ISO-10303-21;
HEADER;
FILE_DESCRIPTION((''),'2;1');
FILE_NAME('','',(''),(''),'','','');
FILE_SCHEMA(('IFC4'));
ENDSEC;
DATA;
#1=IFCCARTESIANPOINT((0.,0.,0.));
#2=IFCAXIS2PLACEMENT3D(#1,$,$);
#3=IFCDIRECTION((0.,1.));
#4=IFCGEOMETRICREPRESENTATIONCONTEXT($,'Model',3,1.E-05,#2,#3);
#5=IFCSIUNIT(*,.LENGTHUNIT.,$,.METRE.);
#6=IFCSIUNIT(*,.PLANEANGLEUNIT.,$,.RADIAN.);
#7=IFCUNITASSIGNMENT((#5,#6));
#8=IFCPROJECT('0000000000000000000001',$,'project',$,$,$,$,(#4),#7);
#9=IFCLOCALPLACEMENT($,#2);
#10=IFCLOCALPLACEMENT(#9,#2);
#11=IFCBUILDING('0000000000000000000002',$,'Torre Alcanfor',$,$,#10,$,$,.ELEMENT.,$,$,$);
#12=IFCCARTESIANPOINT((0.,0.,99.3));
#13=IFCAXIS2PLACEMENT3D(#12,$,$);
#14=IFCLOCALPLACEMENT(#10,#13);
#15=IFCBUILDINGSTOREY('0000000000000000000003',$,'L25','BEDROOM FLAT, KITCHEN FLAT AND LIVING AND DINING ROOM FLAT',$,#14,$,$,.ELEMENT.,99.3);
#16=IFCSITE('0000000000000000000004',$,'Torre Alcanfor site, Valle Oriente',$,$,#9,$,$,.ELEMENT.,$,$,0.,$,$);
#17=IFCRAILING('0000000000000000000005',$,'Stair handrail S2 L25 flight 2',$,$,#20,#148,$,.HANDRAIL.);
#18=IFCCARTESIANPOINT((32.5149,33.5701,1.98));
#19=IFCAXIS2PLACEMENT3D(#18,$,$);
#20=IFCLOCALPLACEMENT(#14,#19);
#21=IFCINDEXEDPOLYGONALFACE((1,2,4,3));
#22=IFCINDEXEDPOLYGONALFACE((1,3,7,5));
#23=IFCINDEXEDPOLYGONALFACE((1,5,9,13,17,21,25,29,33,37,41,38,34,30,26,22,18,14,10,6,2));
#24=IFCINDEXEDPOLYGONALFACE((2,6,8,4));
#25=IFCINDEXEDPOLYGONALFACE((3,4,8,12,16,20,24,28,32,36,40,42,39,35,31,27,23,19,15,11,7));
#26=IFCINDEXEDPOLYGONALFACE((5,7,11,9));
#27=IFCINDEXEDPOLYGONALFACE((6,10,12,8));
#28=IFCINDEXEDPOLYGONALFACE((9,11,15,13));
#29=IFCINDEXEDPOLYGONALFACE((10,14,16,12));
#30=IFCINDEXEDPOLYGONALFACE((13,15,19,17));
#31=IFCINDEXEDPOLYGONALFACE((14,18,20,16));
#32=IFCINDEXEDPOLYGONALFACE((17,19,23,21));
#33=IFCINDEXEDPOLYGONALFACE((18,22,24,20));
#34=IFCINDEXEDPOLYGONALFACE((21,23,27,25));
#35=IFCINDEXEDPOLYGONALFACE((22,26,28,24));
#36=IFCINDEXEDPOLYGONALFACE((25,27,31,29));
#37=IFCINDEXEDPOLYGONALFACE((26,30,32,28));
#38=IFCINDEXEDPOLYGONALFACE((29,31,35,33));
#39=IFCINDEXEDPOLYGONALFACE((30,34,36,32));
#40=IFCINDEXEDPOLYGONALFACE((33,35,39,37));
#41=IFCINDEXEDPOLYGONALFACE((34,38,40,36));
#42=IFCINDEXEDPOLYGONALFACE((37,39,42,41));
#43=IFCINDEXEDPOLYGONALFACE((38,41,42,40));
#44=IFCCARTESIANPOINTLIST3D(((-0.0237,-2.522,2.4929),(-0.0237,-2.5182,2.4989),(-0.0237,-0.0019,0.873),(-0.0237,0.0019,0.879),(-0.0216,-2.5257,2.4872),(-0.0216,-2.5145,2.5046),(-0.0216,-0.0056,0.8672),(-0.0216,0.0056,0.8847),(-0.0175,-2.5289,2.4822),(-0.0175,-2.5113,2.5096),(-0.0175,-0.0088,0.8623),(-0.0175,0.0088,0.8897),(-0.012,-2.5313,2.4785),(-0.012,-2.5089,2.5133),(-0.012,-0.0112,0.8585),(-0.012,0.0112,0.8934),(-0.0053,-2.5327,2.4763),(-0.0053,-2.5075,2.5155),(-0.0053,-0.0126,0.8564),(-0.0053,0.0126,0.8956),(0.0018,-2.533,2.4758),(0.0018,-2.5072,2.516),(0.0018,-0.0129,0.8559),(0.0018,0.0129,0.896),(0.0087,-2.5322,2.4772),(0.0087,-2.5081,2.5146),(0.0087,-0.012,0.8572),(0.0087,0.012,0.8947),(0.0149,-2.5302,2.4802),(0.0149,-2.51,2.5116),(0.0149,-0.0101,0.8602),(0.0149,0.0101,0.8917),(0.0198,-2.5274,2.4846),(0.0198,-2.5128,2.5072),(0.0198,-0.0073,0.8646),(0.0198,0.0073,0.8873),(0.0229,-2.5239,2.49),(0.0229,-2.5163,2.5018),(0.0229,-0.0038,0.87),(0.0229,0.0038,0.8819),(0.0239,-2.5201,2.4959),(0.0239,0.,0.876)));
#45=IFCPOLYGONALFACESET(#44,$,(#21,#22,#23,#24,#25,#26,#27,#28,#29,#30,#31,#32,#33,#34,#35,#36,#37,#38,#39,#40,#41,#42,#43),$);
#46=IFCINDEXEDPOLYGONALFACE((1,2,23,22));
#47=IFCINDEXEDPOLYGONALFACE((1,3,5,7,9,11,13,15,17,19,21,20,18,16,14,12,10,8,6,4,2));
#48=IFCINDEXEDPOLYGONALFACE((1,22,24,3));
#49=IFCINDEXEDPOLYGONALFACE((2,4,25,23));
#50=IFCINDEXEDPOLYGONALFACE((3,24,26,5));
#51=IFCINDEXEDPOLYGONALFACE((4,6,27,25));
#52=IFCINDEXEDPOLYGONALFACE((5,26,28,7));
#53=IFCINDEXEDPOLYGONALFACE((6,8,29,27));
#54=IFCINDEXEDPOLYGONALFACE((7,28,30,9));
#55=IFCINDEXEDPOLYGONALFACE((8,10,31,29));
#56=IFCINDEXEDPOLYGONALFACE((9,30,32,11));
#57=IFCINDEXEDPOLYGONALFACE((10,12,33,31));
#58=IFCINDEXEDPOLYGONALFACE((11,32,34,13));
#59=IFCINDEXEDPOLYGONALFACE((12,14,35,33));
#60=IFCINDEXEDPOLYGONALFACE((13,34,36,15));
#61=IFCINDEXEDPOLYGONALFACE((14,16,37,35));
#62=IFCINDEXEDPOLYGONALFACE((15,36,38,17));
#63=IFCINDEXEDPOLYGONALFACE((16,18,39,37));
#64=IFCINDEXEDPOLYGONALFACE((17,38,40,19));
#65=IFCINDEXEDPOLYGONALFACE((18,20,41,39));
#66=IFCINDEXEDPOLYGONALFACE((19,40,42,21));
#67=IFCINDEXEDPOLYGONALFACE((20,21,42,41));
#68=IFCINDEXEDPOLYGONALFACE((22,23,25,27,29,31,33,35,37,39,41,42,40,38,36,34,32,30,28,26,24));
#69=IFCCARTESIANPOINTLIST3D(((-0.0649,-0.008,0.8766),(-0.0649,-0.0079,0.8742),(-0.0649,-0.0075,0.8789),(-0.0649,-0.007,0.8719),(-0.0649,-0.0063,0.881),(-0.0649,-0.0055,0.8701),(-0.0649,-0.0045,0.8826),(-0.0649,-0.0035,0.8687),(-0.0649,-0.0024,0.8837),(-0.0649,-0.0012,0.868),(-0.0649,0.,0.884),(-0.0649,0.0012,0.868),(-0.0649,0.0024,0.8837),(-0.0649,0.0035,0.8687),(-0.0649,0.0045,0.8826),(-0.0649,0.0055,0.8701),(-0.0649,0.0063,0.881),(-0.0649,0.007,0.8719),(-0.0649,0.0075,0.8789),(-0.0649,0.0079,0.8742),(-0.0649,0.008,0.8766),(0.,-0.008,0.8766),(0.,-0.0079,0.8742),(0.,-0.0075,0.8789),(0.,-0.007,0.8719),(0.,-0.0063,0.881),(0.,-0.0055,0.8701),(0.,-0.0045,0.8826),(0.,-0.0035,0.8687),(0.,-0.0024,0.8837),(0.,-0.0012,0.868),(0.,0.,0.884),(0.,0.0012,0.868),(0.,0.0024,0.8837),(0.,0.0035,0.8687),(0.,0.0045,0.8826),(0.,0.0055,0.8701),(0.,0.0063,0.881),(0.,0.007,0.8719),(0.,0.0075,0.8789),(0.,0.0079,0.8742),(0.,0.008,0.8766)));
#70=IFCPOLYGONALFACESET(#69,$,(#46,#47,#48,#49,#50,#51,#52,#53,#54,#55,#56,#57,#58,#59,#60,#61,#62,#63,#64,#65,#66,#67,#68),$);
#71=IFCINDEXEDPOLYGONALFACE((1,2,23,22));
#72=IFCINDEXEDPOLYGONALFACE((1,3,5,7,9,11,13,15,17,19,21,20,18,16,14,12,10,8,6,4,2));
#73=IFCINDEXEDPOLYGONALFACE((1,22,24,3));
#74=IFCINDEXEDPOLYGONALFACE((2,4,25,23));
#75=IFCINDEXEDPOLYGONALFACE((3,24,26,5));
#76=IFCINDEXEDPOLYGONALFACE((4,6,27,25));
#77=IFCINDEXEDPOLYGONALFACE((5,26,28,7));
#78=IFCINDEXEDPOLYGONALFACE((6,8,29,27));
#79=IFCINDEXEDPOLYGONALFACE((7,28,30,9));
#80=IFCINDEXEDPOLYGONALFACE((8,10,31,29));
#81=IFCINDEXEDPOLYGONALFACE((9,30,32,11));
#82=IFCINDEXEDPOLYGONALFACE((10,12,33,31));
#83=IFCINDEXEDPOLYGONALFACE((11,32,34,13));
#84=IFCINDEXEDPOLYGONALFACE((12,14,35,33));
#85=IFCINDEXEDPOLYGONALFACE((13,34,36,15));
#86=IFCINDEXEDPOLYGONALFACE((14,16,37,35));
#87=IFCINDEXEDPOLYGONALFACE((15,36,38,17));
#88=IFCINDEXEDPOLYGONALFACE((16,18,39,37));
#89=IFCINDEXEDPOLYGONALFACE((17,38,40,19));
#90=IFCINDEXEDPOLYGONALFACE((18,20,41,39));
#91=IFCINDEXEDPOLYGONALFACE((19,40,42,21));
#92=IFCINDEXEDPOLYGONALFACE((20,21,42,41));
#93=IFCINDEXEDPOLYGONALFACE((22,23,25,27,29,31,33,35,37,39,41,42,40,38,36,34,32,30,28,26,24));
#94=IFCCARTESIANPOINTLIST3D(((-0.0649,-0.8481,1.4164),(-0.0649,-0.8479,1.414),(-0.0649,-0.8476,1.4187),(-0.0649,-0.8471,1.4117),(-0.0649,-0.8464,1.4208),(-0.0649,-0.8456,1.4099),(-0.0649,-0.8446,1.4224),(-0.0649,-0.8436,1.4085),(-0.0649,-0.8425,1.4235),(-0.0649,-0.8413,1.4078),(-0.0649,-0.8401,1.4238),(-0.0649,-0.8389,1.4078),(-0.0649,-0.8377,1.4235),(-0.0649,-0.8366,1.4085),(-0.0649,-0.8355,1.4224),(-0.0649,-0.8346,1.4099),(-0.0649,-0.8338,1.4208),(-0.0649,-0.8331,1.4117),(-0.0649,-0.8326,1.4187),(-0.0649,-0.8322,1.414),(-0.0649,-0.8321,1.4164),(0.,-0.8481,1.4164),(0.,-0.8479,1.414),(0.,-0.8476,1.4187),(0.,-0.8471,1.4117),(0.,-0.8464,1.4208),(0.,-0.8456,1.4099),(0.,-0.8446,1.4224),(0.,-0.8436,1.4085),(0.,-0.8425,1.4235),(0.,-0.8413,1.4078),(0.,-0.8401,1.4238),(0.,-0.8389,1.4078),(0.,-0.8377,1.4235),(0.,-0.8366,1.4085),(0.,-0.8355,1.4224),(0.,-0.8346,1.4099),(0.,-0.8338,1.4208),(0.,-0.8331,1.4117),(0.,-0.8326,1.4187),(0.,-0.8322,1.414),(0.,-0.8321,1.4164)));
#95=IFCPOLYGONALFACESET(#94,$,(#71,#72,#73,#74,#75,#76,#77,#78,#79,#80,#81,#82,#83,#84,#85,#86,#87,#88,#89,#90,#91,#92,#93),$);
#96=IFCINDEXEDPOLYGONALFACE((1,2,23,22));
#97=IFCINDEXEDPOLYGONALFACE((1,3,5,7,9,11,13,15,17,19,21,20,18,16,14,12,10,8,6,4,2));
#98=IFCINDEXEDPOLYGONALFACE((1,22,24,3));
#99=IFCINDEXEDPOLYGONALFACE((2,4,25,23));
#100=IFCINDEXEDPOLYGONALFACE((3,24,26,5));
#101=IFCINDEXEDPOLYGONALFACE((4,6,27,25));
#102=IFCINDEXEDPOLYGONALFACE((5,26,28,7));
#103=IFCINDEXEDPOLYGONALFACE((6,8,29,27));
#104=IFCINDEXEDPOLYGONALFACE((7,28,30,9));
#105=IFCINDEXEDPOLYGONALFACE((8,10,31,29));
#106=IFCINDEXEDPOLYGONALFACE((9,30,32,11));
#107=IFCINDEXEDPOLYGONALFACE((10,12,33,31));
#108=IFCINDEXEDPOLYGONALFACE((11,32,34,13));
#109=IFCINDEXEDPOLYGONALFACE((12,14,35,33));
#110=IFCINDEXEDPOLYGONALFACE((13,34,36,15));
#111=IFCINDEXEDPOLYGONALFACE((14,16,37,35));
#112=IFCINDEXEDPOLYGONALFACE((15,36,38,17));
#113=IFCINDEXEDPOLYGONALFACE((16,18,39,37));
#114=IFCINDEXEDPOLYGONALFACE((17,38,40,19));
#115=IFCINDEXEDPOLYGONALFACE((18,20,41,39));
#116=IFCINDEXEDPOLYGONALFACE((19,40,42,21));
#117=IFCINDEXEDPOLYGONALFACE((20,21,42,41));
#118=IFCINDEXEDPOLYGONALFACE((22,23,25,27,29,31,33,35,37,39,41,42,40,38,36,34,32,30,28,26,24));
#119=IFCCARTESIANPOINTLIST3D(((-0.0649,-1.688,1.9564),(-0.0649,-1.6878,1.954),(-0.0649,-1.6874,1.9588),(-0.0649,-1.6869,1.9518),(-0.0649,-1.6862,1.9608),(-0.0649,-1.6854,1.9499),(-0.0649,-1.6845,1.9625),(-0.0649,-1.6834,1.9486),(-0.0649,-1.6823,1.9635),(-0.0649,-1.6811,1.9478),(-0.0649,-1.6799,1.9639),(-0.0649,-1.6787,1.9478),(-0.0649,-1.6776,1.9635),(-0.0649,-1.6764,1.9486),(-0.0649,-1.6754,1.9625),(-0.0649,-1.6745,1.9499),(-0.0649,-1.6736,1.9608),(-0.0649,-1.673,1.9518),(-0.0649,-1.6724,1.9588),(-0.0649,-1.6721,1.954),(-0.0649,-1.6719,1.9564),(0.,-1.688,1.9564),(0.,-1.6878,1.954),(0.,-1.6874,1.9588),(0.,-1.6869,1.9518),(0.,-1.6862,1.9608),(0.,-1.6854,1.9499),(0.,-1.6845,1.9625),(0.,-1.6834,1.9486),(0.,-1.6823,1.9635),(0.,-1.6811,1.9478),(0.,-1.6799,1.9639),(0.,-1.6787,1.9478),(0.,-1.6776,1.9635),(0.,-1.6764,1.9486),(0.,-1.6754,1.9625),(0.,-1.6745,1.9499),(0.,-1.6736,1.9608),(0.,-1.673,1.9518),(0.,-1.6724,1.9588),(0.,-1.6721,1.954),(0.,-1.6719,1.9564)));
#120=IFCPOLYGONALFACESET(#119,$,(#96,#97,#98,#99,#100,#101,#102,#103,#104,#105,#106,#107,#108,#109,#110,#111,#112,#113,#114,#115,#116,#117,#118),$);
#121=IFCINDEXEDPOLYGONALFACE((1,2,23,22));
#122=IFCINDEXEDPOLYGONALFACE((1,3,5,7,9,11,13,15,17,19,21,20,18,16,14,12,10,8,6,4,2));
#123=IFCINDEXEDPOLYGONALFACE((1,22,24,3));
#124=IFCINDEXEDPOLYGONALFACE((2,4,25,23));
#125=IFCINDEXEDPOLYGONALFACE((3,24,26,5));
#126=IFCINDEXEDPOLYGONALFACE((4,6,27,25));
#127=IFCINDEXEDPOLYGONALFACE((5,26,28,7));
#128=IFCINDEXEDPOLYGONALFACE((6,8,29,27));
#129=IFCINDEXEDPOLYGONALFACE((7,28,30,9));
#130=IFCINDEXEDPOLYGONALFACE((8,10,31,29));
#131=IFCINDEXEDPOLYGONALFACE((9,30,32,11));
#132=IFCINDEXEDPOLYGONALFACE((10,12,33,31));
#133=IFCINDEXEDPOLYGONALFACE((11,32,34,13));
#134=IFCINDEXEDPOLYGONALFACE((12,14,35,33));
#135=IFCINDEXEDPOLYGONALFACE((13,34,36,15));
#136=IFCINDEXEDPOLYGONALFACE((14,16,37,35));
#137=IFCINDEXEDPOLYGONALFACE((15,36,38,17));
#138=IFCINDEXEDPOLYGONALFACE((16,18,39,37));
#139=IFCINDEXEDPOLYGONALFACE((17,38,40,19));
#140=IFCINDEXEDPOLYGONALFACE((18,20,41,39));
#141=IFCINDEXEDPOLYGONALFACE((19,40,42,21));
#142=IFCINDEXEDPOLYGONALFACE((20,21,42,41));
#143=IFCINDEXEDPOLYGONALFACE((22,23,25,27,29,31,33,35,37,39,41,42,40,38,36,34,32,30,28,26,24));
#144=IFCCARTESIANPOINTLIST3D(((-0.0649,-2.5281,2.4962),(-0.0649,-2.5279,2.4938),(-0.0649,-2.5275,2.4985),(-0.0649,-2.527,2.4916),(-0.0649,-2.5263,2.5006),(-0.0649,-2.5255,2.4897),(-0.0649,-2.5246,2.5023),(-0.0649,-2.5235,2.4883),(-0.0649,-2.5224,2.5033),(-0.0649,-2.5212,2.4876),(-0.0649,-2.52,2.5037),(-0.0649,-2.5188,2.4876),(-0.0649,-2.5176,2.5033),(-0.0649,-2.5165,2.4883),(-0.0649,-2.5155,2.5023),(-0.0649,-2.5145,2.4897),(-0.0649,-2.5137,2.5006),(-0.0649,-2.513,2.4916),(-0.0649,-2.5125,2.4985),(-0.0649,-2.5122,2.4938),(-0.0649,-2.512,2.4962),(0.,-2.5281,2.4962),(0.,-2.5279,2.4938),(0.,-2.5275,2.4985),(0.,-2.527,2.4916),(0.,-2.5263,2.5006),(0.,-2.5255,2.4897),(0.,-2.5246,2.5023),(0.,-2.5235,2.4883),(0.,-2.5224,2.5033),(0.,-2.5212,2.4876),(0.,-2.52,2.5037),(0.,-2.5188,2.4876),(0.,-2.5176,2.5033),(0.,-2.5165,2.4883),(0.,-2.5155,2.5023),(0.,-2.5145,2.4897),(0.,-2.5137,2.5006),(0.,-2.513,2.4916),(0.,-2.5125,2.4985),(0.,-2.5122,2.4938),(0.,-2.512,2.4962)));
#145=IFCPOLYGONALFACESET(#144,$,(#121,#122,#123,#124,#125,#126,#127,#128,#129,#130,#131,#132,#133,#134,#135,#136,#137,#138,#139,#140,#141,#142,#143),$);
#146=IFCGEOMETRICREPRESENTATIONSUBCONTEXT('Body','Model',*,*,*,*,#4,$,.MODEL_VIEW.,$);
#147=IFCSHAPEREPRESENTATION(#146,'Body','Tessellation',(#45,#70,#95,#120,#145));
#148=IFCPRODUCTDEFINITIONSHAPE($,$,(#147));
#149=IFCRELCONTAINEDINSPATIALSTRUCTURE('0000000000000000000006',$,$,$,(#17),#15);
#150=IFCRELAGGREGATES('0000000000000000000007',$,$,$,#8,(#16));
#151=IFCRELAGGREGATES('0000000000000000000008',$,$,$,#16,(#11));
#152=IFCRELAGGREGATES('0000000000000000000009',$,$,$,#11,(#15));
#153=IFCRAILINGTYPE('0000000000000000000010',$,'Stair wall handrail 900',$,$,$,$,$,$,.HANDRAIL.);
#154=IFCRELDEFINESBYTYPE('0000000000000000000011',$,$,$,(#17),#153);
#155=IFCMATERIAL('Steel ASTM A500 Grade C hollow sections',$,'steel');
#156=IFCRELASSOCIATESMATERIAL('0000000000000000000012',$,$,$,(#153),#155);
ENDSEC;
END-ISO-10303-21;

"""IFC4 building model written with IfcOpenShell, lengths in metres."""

from ifc_helpers import new_model, si_unit, direction, frame, origin, origin_2d, place, context, subcontext, project, spatial, circle, extrude, material, type_object, element, save


model = new_model("IFC4")

# Units and contexts
model_context = context("Model", 3, precision=1e-05, world=origin(), true_north=direction((0.0, 1.0)))
body_context = subcontext(model_context, "Body", "Model", "MODEL_VIEW")
ifc_project = project(units=[si_unit("LENGTHUNIT", "METRE"), si_unit("PLANEANGLEUNIT", "RADIAN")], contexts=[model_context])

# Site, building, storey
site_placement = place(None, origin())
site = spatial("IfcSite", under=ifc_project, at=site_placement, Name="Torre Alcanfor site, Valle Oriente", CompositionType="ELEMENT", RefElevation=0.0)
building_placement = place(site_placement, origin())
building = spatial("IfcBuilding", under=site, at=building_placement, Name="Torre Alcanfor", CompositionType="ELEMENT")
storey_placement = place(building_placement, frame((0.0, 0.0, 99.3)))
storey = spatial("IfcBuildingStorey", under=building, at=storey_placement, Name="L25", Description="BEDROOM FLAT, KITCHEN FLAT AND LIVING AND DINING ROOM FLAT", CompositionType="ELEMENT", Elevation=99.3)

# Railing
ifc_material_1 = material(Name="Steel ASTM A500 Grade C hollow sections", Category="steel")
railing_type_1 = type_object("IfcRailingType", Name="Stair wall handrail 900", PredefinedType="HANDRAIL", material=ifc_material_1)
railing_1_placement = place(storey_placement, frame((32.5149, 33.5701, 1.98)))
element("IfcRailing", 1, at=railing_1_placement, inside=storey, type_object=railing_type_1, Name="Stair handrail S2 L25 flight 2", PredefinedType="HANDRAIL", context=body_context, shape_type="SweptSolid", body=[
    extrude(circle(Radius=0.0239, at=origin_2d()), frame((0.0, 0.0, 0.876), z_axis=(0.0, -0.8412, 0.540725), x_axis=(1.0, 0.0, 0.0)), (0.0, 0.0, 1.0), 2.9958),
    extrude(circle(Radius=0.0081, at=origin_2d()), frame((0.0, 0.0, 0.876), z_axis=(-1.0, 0.0, 0.0), x_axis=(0.0, 0.0, 1.0)), (0.0, 0.0, 1.0), 0.0649),
    extrude(circle(Radius=0.0081, at=origin_2d()), frame((0.0, -0.8401, 1.4158), z_axis=(-1.0, 0.0, 0.0), x_axis=(0.0, 0.0, 1.0)), (0.0, 0.0, 1.0), 0.0649),
    extrude(circle(Radius=0.0081, at=origin_2d()), frame((0.0, -1.6799, 1.9558), z_axis=(-1.0, 0.0, 0.0), x_axis=(0.0, 0.0, 1.0)), (0.0, 0.0, 1.0), 0.0649),
    extrude(circle(Radius=0.0081, at=origin_2d()), frame((0.0, -2.52, 2.4956), z_axis=(-1.0, 0.0, 0.0), x_axis=(0.0, 0.0, 1.0)), (0.0, 0.0, 1.0), 0.0649),
])

save(model, "model.ifc")
